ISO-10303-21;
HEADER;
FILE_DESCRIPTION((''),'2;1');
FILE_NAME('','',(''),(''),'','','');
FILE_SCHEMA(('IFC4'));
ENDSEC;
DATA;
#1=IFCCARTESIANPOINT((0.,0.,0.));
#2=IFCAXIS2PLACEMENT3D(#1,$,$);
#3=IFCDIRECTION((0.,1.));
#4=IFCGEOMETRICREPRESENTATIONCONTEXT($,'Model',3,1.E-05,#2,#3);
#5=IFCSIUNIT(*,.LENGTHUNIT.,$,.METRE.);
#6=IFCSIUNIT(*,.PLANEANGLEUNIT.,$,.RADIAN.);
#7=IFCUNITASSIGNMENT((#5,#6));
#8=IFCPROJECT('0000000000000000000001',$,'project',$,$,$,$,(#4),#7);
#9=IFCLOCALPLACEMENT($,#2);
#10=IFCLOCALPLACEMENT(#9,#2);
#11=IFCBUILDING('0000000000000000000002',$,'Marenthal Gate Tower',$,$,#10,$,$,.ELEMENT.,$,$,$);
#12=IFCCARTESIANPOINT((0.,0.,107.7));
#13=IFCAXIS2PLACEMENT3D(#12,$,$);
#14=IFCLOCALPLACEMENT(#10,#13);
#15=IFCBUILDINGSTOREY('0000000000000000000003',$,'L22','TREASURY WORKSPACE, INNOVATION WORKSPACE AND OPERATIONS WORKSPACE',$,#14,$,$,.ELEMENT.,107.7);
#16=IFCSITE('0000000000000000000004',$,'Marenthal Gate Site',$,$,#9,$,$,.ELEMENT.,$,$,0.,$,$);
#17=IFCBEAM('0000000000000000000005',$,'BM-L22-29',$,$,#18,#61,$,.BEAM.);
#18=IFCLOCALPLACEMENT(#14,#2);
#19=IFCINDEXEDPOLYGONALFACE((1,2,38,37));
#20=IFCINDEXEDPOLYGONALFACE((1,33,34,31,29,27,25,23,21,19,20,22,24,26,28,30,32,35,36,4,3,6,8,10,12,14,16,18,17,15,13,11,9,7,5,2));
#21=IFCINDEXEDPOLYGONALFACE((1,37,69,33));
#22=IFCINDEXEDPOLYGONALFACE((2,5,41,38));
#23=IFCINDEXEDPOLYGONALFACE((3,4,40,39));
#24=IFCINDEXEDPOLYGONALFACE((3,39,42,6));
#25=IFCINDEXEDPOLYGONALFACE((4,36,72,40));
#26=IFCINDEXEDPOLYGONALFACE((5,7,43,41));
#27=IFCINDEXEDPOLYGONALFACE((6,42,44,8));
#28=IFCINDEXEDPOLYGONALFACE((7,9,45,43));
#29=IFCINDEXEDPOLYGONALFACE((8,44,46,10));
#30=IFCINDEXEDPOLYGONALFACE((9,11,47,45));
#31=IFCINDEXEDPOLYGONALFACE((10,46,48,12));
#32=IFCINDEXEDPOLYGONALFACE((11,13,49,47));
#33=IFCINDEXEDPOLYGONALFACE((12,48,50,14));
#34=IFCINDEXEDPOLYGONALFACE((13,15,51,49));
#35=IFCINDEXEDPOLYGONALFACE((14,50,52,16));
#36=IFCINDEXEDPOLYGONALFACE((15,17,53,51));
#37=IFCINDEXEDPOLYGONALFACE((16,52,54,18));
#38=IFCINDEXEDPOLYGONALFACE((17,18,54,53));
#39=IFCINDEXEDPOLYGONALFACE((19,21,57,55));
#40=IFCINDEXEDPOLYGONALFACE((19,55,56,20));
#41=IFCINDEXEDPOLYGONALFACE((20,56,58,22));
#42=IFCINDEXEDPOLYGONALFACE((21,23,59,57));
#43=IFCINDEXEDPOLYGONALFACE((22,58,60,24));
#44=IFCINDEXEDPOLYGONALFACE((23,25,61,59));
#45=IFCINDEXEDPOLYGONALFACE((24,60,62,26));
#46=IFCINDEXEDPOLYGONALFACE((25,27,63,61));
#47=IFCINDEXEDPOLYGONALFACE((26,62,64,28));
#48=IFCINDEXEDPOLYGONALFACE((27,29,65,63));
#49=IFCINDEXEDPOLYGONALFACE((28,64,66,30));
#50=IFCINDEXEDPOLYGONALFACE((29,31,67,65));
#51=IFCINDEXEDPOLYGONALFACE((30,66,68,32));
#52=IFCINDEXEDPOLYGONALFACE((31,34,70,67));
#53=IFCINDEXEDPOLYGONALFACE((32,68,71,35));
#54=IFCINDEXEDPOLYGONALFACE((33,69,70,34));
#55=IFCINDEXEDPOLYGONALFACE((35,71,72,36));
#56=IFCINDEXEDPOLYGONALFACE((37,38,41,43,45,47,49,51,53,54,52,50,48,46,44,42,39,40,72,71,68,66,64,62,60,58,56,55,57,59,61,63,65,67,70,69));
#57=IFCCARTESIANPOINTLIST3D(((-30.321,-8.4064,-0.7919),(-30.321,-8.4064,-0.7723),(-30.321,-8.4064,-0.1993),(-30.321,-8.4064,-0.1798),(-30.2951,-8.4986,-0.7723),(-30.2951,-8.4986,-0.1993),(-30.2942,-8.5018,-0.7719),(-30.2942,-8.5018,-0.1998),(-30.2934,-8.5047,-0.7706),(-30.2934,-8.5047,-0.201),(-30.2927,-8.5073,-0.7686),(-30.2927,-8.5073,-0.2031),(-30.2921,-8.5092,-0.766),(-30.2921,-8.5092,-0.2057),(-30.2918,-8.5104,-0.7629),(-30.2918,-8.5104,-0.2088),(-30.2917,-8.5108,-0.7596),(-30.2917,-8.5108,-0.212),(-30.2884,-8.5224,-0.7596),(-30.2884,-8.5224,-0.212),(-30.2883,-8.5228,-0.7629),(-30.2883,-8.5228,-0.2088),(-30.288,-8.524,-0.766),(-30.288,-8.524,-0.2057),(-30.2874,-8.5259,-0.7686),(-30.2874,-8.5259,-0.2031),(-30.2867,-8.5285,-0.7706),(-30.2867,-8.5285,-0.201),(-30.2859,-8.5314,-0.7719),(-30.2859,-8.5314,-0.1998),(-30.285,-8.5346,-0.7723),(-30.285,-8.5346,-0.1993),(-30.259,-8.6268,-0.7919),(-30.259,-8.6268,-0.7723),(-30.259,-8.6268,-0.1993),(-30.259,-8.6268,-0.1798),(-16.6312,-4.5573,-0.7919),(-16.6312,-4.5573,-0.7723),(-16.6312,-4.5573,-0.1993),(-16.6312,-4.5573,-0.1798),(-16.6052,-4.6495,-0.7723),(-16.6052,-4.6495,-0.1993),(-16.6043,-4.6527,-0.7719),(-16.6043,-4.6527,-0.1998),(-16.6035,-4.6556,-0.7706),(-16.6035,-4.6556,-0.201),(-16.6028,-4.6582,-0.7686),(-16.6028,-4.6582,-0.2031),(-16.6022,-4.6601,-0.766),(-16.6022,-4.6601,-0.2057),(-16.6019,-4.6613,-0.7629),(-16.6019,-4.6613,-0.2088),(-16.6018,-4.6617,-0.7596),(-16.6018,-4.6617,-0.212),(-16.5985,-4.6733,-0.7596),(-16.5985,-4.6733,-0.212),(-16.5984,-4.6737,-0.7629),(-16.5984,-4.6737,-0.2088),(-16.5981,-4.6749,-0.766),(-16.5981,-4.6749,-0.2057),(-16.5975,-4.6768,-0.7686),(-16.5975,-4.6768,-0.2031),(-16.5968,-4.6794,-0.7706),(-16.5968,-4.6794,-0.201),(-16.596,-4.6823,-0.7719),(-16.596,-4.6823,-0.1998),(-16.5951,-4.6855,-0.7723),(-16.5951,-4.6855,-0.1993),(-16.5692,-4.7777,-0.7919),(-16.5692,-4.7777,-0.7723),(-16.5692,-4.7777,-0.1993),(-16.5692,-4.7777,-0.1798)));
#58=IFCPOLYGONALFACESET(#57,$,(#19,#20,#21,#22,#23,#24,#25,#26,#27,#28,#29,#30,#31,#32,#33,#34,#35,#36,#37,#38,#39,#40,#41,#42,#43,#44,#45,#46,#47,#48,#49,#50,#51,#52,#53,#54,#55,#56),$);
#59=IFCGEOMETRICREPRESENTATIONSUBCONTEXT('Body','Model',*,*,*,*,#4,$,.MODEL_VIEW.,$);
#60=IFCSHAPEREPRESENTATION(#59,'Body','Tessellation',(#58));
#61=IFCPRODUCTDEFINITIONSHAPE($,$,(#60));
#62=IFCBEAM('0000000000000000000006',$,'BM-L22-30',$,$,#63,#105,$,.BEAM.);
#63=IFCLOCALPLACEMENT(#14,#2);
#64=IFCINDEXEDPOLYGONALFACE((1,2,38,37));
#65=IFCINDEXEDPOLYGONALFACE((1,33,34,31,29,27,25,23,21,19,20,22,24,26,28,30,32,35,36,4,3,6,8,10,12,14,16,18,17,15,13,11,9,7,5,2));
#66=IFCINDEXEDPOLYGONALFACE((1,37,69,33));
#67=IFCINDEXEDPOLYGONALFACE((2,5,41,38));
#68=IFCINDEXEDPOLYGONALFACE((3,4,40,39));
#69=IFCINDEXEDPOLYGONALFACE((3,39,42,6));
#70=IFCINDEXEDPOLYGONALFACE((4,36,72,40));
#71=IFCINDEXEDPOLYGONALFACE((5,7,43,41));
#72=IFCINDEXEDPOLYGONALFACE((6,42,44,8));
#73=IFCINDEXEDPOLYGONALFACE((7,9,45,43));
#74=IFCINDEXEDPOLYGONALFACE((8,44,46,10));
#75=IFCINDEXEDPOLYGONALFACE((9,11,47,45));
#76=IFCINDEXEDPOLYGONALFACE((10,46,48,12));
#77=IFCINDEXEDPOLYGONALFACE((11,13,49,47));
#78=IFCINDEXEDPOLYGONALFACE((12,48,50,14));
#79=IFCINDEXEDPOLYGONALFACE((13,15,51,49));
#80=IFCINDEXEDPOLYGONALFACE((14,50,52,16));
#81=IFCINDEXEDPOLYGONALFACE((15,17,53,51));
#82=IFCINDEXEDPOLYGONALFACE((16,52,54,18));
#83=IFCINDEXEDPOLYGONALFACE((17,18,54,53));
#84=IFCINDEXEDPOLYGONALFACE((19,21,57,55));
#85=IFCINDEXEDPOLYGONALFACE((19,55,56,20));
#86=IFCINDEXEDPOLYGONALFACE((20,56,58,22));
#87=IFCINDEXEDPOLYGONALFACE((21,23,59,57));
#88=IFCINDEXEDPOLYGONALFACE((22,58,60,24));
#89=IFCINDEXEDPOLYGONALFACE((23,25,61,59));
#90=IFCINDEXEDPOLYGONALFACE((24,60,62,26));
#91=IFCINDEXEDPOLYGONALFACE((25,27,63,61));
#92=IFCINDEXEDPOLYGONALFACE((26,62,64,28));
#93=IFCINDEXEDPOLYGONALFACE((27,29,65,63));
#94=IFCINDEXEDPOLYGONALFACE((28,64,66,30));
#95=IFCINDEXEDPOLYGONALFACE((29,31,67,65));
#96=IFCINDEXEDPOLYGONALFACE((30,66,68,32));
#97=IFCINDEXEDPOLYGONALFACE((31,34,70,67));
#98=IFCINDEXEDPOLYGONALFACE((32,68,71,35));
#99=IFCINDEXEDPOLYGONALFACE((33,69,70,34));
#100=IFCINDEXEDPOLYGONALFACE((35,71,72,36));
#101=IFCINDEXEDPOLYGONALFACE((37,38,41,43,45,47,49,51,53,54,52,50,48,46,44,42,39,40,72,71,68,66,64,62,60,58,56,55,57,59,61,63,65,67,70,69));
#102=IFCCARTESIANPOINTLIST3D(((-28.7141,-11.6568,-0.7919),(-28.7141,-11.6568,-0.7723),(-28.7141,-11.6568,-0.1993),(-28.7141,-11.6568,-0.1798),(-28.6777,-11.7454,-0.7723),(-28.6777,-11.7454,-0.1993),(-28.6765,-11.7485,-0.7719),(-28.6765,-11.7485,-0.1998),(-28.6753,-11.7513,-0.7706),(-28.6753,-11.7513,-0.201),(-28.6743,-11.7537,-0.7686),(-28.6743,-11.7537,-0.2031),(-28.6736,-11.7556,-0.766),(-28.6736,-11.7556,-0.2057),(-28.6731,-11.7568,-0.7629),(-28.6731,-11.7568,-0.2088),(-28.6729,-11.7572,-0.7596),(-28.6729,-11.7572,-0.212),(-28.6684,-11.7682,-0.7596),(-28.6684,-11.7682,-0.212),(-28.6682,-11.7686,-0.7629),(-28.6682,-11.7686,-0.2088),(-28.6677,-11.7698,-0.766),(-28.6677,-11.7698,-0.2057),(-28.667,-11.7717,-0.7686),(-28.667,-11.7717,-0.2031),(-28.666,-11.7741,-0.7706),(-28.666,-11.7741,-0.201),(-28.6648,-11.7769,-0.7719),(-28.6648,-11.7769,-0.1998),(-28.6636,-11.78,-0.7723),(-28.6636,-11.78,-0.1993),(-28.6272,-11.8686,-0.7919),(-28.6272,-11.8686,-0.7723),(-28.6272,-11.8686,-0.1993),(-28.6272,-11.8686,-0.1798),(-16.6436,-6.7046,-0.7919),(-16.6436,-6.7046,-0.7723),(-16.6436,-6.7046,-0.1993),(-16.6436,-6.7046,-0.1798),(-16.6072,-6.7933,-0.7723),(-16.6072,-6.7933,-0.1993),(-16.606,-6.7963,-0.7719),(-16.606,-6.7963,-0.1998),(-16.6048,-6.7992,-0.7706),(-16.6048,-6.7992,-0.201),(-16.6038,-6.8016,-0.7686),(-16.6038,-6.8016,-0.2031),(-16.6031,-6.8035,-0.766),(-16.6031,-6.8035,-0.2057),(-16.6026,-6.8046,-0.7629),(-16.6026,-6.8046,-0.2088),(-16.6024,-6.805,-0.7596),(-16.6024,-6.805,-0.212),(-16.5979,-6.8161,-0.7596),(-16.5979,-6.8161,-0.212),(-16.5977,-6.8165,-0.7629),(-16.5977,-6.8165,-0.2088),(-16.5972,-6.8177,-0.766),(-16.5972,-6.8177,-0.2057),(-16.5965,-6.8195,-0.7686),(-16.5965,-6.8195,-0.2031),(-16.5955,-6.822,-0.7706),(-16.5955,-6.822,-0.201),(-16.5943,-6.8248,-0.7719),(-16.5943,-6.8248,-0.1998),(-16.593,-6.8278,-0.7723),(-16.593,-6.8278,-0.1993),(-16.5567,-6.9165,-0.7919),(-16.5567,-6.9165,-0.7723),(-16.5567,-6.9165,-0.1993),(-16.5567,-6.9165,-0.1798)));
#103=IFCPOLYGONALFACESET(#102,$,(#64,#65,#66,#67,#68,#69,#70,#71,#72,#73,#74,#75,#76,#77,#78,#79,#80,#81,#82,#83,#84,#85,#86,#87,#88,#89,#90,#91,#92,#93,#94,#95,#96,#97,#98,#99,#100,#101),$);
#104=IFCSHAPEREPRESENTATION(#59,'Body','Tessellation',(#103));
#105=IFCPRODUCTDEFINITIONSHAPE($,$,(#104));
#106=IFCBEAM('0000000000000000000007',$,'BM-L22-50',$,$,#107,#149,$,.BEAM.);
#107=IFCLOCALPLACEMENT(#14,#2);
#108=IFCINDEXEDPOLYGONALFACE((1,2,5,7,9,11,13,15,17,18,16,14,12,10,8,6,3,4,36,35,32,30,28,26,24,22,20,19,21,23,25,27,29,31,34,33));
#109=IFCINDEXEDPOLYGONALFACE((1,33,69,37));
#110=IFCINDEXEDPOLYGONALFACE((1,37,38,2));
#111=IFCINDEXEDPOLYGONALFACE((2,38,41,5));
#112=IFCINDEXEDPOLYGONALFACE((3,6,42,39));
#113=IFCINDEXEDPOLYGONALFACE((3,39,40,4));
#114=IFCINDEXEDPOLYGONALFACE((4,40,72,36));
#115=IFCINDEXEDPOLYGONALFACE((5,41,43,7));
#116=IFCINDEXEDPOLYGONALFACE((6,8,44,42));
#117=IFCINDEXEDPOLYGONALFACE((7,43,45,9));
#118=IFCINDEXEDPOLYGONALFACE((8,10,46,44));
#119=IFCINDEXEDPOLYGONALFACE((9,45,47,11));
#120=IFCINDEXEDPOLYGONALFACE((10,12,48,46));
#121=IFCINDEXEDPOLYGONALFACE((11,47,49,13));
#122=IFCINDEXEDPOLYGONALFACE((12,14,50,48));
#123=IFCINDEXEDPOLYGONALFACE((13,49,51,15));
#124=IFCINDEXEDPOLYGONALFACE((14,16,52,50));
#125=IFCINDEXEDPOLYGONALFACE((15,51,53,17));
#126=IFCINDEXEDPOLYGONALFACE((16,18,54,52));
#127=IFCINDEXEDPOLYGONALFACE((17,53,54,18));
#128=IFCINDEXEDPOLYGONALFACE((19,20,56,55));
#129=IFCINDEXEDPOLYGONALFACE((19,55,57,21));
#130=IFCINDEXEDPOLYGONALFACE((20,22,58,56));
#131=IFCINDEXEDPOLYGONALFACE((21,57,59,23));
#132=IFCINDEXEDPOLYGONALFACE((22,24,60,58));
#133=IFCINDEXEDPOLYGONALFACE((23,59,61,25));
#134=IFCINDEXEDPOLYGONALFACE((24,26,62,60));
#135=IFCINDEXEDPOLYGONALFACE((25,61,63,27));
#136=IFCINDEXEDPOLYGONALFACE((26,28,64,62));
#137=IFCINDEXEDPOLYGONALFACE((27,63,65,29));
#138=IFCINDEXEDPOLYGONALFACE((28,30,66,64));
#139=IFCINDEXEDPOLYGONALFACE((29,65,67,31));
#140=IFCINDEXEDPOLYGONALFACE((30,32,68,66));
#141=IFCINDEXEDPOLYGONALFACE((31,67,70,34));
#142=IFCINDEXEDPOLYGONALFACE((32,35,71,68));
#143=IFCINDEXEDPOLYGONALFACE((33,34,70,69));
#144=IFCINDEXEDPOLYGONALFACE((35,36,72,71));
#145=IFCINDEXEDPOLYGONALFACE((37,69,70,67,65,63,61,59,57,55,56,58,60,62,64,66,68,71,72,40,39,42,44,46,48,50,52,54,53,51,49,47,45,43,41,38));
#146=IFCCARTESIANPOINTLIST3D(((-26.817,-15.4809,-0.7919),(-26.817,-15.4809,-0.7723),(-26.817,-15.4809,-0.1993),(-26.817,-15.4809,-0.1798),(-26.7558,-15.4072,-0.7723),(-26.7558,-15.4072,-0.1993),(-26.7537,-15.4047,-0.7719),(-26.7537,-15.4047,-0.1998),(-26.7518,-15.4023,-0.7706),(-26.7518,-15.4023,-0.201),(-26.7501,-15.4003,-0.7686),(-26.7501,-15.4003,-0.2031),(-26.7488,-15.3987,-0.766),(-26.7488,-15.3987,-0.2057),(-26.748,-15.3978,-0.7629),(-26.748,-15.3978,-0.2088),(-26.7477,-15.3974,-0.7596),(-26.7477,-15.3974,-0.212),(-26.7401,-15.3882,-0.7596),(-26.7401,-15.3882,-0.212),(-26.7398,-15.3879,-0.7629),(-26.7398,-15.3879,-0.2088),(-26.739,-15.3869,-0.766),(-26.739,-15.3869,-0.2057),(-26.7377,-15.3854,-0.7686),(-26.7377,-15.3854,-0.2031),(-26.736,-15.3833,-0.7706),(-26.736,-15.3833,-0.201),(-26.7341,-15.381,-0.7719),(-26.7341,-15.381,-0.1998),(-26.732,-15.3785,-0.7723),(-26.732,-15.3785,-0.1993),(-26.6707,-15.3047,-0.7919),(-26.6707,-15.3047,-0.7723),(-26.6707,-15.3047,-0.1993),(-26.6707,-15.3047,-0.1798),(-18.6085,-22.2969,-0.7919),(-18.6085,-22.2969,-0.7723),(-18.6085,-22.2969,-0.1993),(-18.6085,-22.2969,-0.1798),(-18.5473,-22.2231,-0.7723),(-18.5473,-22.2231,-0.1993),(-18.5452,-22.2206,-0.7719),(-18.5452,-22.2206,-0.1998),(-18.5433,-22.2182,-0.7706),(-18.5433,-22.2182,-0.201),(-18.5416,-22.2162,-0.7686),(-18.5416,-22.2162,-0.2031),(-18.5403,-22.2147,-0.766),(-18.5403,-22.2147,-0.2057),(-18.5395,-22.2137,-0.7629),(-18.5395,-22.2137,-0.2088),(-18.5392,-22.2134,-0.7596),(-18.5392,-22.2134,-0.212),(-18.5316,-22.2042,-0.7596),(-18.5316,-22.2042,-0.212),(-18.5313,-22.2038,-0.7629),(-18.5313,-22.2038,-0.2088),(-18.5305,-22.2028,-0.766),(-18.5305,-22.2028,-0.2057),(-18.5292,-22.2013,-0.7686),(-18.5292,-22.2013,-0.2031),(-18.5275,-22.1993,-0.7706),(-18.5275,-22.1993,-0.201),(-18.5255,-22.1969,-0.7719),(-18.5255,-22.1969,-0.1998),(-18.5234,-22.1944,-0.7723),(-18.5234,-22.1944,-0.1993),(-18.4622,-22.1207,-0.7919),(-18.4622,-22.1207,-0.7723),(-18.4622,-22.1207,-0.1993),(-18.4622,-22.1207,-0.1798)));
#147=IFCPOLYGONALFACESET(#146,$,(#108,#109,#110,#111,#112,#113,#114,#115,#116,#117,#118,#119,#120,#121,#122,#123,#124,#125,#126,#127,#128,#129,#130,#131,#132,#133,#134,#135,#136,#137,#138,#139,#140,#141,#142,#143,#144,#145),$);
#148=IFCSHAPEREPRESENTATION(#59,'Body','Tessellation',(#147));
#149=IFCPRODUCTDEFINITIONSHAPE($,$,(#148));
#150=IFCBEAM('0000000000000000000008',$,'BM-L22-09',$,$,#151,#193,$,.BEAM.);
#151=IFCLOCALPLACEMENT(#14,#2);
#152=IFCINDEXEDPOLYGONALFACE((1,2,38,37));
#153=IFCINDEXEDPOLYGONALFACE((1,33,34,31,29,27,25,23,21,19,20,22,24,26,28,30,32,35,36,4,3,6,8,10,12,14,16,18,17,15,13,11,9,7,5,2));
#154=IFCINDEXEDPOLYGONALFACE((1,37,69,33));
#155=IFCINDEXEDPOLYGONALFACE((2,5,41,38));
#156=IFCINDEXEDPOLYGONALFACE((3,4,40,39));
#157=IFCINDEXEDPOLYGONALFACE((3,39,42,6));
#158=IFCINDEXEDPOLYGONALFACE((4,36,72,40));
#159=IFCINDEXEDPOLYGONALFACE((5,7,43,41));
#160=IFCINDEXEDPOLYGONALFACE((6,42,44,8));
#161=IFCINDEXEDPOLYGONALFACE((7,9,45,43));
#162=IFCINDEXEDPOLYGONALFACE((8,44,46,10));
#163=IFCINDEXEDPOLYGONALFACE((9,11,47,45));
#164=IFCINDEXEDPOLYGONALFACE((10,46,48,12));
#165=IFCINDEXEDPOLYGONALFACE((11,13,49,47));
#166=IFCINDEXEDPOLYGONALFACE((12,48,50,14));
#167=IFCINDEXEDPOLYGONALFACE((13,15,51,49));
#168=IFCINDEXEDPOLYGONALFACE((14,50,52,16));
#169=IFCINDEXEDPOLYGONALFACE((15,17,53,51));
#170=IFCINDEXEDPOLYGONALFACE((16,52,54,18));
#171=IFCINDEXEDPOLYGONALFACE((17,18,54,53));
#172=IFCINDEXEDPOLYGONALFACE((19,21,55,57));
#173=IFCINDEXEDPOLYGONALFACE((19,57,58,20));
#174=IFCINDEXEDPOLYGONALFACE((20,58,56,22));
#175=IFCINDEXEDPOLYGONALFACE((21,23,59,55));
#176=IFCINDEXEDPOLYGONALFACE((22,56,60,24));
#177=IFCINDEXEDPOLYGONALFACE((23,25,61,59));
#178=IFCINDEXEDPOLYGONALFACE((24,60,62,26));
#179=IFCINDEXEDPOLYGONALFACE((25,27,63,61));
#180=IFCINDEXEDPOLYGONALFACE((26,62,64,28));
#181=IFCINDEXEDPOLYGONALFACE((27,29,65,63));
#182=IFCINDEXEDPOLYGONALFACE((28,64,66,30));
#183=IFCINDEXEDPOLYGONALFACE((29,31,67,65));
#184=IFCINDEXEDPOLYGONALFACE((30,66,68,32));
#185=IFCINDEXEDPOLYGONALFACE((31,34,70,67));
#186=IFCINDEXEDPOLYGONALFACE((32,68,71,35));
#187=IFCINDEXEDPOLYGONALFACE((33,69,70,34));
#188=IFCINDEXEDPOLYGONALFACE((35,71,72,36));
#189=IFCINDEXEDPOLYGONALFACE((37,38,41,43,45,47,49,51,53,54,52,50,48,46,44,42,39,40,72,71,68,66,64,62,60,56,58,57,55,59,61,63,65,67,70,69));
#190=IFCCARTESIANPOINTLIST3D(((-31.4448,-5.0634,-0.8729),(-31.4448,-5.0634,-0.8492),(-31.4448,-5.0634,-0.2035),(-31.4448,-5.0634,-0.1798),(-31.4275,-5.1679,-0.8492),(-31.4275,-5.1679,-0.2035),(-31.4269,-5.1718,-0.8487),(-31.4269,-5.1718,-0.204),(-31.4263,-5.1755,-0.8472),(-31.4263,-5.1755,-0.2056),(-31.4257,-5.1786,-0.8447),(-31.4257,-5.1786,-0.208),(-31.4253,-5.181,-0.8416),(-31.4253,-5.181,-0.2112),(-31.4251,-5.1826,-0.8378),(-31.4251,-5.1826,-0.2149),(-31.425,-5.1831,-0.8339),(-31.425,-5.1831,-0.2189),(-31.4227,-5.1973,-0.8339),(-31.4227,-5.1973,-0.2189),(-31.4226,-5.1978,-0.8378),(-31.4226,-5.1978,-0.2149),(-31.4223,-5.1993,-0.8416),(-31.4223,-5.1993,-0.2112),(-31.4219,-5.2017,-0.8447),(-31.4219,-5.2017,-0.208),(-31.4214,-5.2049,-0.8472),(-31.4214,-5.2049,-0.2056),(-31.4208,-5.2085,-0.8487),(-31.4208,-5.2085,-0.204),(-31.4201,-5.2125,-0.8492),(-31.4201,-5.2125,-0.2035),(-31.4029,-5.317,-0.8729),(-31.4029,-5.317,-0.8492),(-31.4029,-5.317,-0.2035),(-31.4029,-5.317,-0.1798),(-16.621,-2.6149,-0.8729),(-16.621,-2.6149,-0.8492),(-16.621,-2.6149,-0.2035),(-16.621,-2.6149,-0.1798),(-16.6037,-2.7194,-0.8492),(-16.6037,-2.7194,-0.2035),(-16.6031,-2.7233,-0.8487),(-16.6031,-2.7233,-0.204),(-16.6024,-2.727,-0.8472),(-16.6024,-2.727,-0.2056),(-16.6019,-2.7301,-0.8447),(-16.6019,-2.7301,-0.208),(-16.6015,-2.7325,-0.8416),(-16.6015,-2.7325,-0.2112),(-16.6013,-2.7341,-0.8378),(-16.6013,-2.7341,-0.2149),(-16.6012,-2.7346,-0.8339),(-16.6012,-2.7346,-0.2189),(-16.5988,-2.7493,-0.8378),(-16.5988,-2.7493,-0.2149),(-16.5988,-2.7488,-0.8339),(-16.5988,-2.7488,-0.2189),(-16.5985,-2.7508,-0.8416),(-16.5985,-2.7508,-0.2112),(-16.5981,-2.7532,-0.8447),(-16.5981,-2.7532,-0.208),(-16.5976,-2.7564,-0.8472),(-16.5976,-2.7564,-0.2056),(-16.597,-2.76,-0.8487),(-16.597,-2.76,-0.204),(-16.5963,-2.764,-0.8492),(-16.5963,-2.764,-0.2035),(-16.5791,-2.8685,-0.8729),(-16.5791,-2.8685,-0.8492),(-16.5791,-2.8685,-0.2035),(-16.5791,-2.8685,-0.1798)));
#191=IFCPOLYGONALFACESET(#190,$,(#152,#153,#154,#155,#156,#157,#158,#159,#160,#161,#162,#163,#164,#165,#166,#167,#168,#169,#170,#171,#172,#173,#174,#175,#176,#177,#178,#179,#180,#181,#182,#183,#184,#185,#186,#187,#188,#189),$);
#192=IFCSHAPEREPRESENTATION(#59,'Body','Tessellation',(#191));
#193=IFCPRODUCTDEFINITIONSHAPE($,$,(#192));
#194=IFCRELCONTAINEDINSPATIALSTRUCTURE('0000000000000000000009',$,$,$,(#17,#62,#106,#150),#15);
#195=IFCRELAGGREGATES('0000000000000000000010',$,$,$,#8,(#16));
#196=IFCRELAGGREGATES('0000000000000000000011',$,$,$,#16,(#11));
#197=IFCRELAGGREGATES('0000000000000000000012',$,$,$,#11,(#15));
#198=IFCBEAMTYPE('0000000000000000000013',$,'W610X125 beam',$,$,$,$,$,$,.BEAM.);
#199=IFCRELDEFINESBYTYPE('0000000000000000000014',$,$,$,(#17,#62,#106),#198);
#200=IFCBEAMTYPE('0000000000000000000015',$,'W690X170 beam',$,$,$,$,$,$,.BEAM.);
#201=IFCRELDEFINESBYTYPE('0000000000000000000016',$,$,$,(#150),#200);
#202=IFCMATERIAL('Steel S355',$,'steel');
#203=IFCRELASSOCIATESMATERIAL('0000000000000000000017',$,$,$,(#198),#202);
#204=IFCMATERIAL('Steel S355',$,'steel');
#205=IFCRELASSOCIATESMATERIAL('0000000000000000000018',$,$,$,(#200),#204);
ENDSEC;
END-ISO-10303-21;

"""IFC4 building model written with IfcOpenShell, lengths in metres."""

from ifc_helpers import new_model, si_unit, direction, frame, origin, origin_2d, place, context, subcontext, project, spatial, i_section, extrude, material, material_profile, profile_set, type_object, element, save


model = new_model("IFC4")

# Units and contexts
model_context = context("Model", 3, precision=1e-05, world=origin(), true_north=direction((0.0, 1.0)))
body_context = subcontext(model_context, "Body", "Model", "MODEL_VIEW")
ifc_project = project(units=[si_unit("LENGTHUNIT", "METRE"), si_unit("PLANEANGLEUNIT", "RADIAN")], contexts=[model_context])

# Site, building, storey
site_placement = place(None, origin())
site = spatial("IfcSite", under=ifc_project, at=site_placement, Name="Marenthal Gate Site", CompositionType="ELEMENT", RefElevation=0.0)
building_placement = place(site_placement, origin())
building = spatial("IfcBuilding", under=site, at=building_placement, Name="Marenthal Gate Tower", CompositionType="ELEMENT")
storey_placement = place(building_placement, frame((0.0, 0.0, 107.7)))
storey = spatial("IfcBuildingStorey", under=building, at=storey_placement, Name="L22", Description="TREASURY WORKSPACE, INNOVATION WORKSPACE AND OPERATIONS WORKSPACE", CompositionType="ELEMENT", Elevation=107.7)

# Beams
ifc_material_1 = material(Name="Steel S355", Category="steel")
ifc_material_profile_1 = material_profile(ifc_material_1, i_section(OverallWidth=0.229, OverallDepth=0.6121, WebThickness=0.012, FlangeThickness=0.0195, FilletRadius=0.0127, at=origin_2d()), Name="W610X125")
ifc_profile_set_1 = profile_set([ifc_material_profile_1], Name="Steel S355")
beam_type_1 = type_object("IfcBeamType", Name="W610X125 beam", PredefinedType="BEAM", material=ifc_profile_set_1)
beam_1_placement = place(storey_placement, frame((-30.29, -8.5166, -0.4858), z_axis=(0.962672, 0.270669, 0.0), x_axis=(-0.270669, 0.962672, 0.0)))
element("IfcBeam", 1, at=beam_1_placement, inside=storey, type_object=beam_type_1, Name="BM-L22-29", PredefinedType="BEAM", context=body_context, shape_type="SweptSolid", body=[
    extrude(i_section(OverallWidth=0.229, OverallDepth=0.6121, WebThickness=0.012, FlangeThickness=0.0195, FilletRadius=0.0127, at=origin_2d()), origin(), (0.0, 0.0, 1.0), 14.2207),
])
beam_2_placement = place(storey_placement, frame((-28.6707, -11.7627, -0.4858), z_axis=(0.925165, 0.379565, 0.0), x_axis=(-0.379565, 0.925165, 0.0)))
element("IfcBeam", 2, at=beam_2_placement, inside=storey, type_object=beam_type_1, Name="BM-L22-30", PredefinedType="BEAM", context=body_context, shape_type="SweptSolid", body=[
    extrude(i_section(OverallWidth=0.229, OverallDepth=0.6121, WebThickness=0.012, FlangeThickness=0.0195, FilletRadius=0.0127, at=origin_2d()), origin(), (0.0, 0.0, 1.0), 13.0469),
])
beam_3_placement = place(storey_placement, frame((-26.7439, -15.3928, -0.4858), z_axis=(0.769349, -0.638828, 0.0), x_axis=(0.638828, 0.769349, 0.0)))
element("IfcBeam", 3, at=beam_3_placement, inside=storey, type_object=beam_type_1, Name="BM-L22-50", PredefinedType="BEAM", context=body_context, shape_type="SweptSolid", body=[
    extrude(i_section(OverallWidth=0.229, OverallDepth=0.6121, WebThickness=0.012, FlangeThickness=0.0195, FilletRadius=0.0127, at=origin_2d()), origin(), (0.0, 0.0, 1.0), 10.6694),
])
ifc_material_2 = material(Name="Steel S355", Category="steel")
ifc_material_profile_2 = material_profile(ifc_material_2, i_section(OverallWidth=0.2571, OverallDepth=0.6931, WebThickness=0.0144, FlangeThickness=0.0237, FilletRadius=0.0154, at=origin_2d()), Name="W690X170")
ifc_profile_set_2 = profile_set([ifc_material_profile_2], Name="Steel S355")
beam_type_2 = type_object("IfcBeamType", Name="W690X170 beam", PredefinedType="BEAM", material=ifc_profile_set_2)
beam_4_placement = place(storey_placement, frame((-31.4238, -5.1902, -0.5264), z_axis=(0.986632, 0.162965, 0.0), x_axis=(-0.162965, 0.986632, 0.0)))
element("IfcBeam", 4, at=beam_4_placement, inside=storey, type_object=beam_type_2, Name="BM-L22-09", PredefinedType="BEAM", context=body_context, shape_type="SweptSolid", body=[
    extrude(i_section(OverallWidth=0.2571, OverallDepth=0.6931, WebThickness=0.0144, FlangeThickness=0.0237, FilletRadius=0.0154, at=origin_2d()), origin(), (0.0, 0.0, 1.0), 15.0247),
])

save(model, "model.ifc")
